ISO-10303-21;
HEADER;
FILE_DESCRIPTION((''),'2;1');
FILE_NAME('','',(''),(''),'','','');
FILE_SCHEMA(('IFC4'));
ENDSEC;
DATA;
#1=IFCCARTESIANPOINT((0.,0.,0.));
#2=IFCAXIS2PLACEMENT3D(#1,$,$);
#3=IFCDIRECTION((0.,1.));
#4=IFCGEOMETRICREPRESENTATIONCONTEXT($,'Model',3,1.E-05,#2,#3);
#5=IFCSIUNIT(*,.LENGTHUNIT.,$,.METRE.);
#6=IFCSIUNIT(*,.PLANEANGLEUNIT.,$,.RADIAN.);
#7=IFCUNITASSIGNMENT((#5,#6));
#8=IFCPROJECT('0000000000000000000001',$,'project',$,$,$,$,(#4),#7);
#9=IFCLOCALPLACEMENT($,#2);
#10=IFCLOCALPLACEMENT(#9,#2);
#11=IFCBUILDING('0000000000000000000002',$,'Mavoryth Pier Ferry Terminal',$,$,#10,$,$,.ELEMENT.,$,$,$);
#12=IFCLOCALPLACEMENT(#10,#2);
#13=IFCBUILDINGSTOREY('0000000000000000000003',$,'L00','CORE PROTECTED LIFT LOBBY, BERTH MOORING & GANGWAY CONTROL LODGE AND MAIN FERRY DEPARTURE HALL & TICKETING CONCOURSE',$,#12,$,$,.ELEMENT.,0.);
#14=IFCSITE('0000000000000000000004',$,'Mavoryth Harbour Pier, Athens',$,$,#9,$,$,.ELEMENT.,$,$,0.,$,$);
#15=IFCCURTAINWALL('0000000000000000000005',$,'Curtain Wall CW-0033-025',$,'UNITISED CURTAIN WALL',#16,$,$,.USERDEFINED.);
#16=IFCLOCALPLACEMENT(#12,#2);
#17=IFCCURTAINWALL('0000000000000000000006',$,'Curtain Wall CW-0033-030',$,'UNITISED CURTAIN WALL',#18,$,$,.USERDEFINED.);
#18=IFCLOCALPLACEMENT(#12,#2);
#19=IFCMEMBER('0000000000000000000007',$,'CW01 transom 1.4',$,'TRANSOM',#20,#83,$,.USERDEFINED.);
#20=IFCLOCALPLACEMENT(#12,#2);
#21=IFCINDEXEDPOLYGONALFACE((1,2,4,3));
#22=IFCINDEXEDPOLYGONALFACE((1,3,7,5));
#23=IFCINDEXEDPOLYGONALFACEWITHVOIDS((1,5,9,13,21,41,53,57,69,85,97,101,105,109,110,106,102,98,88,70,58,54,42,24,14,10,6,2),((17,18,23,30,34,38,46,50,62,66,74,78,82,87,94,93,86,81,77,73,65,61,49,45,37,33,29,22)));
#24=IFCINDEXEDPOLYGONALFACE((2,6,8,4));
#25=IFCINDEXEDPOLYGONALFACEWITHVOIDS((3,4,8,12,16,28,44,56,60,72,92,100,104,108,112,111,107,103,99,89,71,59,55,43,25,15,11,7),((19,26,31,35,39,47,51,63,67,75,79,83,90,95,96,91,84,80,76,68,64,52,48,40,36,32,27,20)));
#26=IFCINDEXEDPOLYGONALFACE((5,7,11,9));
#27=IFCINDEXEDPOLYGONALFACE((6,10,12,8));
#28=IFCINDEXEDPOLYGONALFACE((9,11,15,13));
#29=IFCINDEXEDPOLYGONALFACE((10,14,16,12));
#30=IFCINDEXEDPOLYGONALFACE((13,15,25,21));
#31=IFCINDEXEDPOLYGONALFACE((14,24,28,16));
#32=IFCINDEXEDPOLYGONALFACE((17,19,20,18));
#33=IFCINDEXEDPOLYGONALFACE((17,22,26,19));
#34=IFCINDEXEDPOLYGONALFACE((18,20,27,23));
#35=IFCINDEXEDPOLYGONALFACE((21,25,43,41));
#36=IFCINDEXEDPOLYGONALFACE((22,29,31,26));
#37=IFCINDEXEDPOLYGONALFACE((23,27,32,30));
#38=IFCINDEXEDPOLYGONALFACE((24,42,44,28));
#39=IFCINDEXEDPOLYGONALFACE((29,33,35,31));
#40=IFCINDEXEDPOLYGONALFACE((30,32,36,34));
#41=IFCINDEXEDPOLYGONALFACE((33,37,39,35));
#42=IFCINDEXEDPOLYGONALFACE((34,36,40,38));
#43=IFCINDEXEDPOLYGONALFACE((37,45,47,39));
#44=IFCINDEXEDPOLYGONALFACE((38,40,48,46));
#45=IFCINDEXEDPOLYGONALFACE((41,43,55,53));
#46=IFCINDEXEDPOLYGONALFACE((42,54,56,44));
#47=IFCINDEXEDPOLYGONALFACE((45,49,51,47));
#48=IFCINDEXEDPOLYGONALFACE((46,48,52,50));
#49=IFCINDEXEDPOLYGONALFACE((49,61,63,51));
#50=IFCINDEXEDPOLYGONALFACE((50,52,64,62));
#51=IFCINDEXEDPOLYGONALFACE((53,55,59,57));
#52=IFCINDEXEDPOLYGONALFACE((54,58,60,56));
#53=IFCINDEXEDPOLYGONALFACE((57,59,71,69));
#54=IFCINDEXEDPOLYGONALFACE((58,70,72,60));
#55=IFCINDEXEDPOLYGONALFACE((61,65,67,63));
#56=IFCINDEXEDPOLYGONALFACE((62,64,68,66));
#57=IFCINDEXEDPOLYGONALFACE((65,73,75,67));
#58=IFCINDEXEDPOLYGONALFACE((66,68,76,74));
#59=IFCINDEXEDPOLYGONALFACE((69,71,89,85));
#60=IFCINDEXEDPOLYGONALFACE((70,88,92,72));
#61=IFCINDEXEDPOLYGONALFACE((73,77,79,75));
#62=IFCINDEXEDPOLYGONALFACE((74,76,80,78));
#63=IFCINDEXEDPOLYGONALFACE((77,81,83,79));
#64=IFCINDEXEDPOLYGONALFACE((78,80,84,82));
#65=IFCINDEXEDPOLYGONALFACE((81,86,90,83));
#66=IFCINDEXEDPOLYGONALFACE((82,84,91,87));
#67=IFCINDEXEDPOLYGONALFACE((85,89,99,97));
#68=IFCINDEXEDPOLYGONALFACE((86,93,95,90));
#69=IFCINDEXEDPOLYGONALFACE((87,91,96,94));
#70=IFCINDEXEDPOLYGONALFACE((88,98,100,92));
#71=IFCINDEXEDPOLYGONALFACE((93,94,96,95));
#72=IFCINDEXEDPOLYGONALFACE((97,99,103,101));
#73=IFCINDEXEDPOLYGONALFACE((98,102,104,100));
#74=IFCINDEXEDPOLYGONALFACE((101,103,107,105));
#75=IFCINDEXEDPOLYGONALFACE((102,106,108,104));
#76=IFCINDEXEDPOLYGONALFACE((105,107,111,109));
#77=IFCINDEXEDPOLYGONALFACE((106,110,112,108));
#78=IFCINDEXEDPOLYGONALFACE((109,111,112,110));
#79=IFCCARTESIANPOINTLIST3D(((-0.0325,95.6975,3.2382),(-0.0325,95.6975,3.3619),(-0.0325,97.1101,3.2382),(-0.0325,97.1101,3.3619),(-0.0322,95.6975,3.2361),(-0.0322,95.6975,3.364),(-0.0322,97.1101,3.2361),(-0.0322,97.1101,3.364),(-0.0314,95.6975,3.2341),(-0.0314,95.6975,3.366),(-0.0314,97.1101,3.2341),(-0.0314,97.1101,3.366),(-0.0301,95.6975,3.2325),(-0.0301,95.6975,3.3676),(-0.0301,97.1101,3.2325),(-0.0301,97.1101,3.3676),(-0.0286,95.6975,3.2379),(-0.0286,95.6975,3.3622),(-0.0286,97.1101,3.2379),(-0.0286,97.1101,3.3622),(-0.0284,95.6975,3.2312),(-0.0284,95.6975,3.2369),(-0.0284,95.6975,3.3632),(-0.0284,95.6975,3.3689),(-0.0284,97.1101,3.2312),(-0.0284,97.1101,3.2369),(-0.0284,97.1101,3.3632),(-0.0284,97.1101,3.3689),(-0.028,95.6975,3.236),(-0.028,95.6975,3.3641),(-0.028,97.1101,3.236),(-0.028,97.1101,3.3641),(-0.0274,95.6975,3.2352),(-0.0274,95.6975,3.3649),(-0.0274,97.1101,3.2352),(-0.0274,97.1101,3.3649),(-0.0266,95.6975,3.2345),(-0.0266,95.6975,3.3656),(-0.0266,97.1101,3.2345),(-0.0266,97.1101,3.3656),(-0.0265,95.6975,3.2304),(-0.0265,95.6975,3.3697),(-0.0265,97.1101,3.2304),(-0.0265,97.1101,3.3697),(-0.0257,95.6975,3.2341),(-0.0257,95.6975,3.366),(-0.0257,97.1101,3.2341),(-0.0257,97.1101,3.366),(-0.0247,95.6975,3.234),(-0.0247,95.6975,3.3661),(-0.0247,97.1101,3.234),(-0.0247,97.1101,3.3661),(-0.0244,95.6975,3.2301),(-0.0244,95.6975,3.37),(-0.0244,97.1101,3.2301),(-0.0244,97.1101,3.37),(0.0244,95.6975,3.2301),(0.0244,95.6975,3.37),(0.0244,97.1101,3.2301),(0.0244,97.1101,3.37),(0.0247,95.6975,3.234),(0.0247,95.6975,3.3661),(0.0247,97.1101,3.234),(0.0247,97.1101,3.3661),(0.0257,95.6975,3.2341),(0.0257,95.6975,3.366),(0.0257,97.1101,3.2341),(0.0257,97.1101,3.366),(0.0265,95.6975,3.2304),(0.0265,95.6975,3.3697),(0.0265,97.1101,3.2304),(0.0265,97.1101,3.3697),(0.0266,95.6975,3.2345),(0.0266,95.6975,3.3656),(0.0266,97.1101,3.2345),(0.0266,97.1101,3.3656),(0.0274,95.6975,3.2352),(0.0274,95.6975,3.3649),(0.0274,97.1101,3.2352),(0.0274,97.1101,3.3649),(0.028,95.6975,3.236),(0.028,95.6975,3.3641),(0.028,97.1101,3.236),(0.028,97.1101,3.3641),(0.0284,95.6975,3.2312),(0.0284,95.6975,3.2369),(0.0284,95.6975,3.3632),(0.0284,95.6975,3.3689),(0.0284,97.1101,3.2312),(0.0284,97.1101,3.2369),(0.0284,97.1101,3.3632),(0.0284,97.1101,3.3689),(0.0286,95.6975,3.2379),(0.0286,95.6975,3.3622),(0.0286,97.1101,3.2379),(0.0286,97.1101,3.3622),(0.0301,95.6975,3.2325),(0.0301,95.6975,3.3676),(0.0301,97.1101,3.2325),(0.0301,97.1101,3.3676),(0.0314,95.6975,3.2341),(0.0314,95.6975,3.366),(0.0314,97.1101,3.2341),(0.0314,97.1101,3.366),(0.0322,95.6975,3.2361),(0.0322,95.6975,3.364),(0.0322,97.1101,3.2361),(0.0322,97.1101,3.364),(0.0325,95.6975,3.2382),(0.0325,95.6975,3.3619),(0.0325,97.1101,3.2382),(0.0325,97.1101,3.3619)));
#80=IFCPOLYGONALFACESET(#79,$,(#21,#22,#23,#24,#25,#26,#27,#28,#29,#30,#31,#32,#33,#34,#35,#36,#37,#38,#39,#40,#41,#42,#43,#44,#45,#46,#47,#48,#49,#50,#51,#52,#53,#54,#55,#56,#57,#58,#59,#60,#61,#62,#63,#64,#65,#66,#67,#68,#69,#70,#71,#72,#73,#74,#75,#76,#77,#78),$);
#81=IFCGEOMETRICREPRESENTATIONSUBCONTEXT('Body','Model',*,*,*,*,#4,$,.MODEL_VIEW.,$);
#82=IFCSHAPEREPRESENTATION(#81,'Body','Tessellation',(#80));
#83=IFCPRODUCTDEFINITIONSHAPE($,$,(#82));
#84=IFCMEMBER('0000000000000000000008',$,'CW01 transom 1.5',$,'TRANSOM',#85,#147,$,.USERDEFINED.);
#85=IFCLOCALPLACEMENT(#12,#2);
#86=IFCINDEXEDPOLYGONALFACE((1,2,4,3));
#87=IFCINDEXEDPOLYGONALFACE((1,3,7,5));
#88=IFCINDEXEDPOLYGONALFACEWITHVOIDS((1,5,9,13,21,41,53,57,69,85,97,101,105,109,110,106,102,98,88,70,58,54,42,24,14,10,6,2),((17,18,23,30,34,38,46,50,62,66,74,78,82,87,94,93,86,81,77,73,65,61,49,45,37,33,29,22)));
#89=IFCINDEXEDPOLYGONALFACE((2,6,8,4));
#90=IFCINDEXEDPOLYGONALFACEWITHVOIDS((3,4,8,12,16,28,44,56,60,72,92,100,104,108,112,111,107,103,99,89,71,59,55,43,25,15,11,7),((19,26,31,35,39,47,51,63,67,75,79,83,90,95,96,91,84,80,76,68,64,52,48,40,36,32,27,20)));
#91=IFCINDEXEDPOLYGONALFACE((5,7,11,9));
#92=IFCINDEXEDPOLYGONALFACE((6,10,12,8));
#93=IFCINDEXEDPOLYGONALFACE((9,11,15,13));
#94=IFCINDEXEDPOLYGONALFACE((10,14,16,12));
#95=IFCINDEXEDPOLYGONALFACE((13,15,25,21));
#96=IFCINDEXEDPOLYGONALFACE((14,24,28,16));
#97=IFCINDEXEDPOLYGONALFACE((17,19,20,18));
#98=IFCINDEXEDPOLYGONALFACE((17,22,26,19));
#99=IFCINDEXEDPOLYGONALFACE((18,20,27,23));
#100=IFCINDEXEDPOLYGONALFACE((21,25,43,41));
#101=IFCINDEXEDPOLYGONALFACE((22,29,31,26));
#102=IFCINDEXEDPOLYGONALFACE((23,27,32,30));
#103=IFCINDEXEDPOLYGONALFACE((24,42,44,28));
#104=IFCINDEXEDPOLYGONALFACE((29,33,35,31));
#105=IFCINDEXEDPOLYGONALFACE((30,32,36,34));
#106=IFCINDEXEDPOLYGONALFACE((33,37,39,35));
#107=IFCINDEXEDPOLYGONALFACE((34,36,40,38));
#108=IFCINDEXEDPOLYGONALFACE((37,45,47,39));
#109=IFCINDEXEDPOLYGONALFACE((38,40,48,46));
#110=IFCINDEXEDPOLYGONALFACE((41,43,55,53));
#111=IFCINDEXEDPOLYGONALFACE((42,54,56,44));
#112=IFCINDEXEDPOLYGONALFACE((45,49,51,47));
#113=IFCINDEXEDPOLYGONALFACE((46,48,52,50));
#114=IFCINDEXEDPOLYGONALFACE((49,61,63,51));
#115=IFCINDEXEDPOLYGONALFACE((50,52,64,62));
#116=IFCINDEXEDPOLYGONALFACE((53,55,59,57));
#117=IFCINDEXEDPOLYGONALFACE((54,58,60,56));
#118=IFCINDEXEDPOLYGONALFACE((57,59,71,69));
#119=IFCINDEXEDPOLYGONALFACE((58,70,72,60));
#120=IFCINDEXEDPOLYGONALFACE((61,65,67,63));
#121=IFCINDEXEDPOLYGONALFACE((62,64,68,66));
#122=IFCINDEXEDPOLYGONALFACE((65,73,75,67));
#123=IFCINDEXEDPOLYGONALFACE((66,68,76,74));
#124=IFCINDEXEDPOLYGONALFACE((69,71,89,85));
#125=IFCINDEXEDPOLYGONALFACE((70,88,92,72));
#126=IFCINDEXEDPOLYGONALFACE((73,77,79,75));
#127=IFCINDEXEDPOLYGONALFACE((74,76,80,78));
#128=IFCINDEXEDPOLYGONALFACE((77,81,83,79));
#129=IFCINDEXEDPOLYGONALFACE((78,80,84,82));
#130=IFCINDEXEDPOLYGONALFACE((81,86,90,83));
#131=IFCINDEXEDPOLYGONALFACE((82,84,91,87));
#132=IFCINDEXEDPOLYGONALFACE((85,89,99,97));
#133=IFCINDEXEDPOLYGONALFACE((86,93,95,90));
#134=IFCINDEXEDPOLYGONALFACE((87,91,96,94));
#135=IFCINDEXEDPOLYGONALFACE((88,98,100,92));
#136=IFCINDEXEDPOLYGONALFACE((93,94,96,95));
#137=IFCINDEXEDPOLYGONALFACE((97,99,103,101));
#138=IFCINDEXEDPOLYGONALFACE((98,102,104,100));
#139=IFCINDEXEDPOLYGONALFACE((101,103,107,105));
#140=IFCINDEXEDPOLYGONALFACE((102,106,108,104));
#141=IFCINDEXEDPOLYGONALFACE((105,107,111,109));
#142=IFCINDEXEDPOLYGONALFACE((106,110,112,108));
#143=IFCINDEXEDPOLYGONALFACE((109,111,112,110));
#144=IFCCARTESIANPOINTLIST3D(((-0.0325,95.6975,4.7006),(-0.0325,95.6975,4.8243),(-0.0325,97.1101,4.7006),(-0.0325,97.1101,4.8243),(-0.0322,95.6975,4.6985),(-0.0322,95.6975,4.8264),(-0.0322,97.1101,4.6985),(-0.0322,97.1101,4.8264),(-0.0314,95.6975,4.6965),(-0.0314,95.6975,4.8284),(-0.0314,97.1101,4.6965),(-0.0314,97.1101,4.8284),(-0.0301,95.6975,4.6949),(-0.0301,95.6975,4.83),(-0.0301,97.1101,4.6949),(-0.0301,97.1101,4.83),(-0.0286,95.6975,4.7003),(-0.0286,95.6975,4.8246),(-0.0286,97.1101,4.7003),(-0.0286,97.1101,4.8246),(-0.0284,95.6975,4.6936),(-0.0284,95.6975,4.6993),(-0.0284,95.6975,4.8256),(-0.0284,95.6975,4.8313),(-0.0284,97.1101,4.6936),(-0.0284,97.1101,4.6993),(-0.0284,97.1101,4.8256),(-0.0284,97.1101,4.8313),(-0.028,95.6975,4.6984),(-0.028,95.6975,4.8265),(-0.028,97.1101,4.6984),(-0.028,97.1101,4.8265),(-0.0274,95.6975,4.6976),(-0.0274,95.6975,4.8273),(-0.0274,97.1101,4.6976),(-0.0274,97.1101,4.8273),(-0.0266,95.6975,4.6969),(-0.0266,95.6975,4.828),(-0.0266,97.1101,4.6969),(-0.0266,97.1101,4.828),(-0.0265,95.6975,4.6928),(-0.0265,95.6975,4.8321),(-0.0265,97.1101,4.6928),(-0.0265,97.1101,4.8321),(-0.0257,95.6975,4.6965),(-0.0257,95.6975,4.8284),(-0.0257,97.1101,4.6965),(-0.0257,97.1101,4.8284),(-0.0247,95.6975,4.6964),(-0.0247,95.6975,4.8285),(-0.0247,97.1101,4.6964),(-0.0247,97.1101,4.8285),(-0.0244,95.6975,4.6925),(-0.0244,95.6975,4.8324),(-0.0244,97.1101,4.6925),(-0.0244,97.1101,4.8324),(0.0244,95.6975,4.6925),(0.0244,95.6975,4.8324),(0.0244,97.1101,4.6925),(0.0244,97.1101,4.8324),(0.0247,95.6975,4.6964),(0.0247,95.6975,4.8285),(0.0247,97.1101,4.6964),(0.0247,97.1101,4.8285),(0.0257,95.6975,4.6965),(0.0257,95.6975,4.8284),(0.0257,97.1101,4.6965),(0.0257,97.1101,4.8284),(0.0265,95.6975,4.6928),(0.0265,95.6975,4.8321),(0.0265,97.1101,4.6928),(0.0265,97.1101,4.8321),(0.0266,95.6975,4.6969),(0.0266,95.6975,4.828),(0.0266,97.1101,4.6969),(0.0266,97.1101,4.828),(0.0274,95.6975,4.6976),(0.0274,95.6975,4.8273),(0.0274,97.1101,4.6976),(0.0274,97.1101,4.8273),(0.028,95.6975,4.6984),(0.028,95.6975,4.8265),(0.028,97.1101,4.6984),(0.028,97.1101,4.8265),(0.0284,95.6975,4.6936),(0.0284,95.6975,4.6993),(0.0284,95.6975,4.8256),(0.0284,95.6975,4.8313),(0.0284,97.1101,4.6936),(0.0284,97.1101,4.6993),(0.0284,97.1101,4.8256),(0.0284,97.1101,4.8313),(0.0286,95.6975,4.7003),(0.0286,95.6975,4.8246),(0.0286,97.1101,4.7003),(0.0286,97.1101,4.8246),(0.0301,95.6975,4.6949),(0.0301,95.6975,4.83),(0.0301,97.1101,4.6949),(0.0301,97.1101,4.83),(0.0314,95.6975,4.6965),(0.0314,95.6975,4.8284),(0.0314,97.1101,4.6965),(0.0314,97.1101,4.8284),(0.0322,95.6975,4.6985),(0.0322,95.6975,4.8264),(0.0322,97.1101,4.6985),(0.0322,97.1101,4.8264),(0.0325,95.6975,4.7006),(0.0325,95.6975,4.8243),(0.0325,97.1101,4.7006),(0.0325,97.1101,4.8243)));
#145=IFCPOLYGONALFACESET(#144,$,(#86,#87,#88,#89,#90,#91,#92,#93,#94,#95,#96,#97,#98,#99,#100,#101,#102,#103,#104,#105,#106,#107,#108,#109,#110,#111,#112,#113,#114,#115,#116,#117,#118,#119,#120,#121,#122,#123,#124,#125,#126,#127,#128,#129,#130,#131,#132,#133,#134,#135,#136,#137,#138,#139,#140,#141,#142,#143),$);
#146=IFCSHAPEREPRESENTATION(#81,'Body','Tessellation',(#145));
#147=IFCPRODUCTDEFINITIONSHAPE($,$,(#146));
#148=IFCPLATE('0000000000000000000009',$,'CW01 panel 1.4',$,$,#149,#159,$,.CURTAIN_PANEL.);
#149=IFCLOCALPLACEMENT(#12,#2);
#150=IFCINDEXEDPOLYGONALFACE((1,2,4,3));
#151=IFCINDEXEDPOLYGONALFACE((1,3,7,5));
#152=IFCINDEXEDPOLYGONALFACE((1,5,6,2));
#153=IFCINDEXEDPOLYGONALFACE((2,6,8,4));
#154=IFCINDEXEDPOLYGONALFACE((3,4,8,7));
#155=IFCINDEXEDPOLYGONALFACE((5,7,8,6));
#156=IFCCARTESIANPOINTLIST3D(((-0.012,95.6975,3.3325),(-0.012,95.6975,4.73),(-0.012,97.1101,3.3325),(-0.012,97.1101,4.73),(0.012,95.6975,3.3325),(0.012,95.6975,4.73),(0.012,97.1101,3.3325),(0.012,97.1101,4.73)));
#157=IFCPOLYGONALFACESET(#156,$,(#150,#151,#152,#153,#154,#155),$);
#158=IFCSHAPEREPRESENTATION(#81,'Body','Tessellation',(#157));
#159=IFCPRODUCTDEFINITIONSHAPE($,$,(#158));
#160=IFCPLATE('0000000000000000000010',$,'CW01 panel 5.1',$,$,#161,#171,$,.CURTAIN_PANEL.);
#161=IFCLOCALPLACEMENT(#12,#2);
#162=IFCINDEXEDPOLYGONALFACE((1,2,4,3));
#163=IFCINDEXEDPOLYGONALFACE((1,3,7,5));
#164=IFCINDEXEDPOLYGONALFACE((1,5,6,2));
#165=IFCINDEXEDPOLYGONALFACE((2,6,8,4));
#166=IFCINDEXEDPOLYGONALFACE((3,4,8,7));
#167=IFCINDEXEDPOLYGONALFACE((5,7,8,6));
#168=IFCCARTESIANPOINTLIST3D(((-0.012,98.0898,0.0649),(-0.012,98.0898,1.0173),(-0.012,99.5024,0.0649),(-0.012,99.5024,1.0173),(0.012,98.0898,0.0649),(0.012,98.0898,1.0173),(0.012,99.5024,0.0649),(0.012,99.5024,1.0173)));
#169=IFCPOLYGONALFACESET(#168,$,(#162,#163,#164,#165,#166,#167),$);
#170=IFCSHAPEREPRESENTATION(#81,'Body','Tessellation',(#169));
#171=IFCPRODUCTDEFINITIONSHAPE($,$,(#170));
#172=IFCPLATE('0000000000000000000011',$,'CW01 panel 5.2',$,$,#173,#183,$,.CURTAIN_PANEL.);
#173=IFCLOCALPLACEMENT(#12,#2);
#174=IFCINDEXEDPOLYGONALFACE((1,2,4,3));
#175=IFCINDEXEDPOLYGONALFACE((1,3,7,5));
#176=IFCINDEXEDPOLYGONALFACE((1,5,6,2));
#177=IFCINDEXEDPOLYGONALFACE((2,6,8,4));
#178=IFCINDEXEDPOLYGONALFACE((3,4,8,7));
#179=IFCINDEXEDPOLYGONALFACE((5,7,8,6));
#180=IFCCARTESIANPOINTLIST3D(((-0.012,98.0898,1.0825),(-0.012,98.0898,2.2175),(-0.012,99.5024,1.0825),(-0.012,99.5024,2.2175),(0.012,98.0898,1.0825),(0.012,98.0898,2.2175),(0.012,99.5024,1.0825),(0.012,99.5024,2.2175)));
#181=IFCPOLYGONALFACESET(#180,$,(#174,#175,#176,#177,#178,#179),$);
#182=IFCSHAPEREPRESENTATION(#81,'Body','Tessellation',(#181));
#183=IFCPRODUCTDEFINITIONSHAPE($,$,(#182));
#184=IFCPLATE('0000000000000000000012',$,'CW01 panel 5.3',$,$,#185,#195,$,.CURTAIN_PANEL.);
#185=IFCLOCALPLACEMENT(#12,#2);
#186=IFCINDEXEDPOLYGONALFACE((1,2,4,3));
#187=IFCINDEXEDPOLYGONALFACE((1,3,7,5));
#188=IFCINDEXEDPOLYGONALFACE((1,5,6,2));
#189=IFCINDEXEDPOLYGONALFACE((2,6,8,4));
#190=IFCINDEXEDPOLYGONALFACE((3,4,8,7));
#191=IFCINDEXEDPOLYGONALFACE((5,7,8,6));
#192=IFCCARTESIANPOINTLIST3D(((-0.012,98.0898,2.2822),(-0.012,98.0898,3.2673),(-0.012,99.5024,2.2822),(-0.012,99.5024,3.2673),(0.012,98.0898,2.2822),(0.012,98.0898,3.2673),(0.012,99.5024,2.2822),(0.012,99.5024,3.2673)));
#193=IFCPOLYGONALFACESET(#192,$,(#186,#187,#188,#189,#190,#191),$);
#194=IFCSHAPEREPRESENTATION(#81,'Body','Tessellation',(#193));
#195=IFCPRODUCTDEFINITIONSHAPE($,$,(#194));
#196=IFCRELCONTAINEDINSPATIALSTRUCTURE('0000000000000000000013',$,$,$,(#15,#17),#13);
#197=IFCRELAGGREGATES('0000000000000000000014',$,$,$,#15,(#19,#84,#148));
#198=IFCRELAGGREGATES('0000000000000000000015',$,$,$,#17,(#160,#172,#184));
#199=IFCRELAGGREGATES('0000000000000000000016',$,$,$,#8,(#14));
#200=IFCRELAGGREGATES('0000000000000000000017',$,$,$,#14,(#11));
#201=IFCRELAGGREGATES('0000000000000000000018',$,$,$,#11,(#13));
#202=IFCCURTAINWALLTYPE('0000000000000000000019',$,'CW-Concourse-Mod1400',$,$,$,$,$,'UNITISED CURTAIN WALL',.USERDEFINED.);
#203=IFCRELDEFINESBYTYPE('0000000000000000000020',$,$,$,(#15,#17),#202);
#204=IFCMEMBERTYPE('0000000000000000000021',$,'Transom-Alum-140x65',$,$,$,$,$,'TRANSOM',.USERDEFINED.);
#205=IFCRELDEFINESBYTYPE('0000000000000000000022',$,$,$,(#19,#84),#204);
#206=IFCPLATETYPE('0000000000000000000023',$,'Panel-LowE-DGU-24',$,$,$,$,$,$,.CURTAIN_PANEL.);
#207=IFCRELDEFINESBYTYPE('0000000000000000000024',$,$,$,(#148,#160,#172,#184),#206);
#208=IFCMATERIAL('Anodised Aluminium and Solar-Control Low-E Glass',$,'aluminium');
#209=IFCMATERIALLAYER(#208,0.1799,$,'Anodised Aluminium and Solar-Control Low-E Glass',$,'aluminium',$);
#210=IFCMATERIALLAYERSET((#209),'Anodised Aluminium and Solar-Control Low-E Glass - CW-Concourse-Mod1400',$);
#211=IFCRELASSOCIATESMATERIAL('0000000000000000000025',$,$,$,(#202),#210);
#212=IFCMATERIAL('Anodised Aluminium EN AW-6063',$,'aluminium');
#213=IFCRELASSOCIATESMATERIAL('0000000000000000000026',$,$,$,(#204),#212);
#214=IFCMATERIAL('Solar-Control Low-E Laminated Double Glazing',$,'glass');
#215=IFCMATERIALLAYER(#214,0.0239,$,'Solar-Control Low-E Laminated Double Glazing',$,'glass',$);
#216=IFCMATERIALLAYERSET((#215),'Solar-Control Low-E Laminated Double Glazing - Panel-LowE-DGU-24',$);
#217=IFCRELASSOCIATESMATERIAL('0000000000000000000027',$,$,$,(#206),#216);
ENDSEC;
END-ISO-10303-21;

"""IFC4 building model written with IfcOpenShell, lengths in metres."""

from ifc_helpers import new_model, si_unit, direction, frame, origin, origin_2d, place, context, subcontext, project, spatial, rectangle, hollow_rectangle, extrude, material, layer, layer_set, material_profile, profile_set, type_object, element, aggregate, save


model = new_model("IFC4")

# Units and contexts
model_context = context("Model", 3, precision=1e-05, world=origin(), true_north=direction((0.0, 1.0)))
body_context = subcontext(model_context, "Body", "Model", "MODEL_VIEW")
ifc_project = project(units=[si_unit("LENGTHUNIT", "METRE"), si_unit("PLANEANGLEUNIT", "RADIAN")], contexts=[model_context])

# Site, building, storey
site_placement = place(None, origin())
site = spatial("IfcSite", under=ifc_project, at=site_placement, Name="Mavoryth Harbour Pier, Athens", CompositionType="ELEMENT", RefElevation=0.0)
building_placement = place(site_placement, origin())
building = spatial("IfcBuilding", under=site, at=building_placement, Name="Mavoryth Pier Ferry Terminal", CompositionType="ELEMENT")
storey_placement = place(building_placement, origin())
storey = spatial("IfcBuildingStorey", under=building, at=storey_placement, Name="L00", Description="CORE PROTECTED LIFT LOBBY, BERTH MOORING & GANGWAY CONTROL LODGE AND MAIN FERRY DEPARTURE HALL & TICKETING CONCOURSE", CompositionType="ELEMENT", Elevation=0.0)

# Curtain walls
ifc_material_1 = material(Name="Anodised Aluminium and Solar-Control Low-E Glass", Category="aluminium")
ifc_layer_1 = layer(ifc_material_1, 0.1799, Name="Anodised Aluminium and Solar-Control Low-E Glass", Category="aluminium")
ifc_layer_set_1 = layer_set([ifc_layer_1], Name="Anodised Aluminium and Solar-Control Low-E Glass - CW-Concourse-Mod1400")
curtain_wall_type = type_object("IfcCurtainWallType", Name="CW-Concourse-Mod1400", ElementType="UNITISED CURTAIN WALL", PredefinedType="USERDEFINED", material=ifc_layer_set_1)
curtain_wall_1_placement = place(storey_placement, origin())
curtain_wall_1 = element("IfcCurtainWall", 1, at=curtain_wall_1_placement, inside=storey, type_object=curtain_wall_type, Name="Curtain Wall CW-0033-025", ObjectType="UNITISED CURTAIN WALL", PredefinedType="USERDEFINED")
ifc_material_2 = material(Name="Anodised Aluminium EN AW-6063", Category="aluminium")
curtain_wall_2_placement = place(storey_placement, origin())
curtain_wall_2 = element("IfcCurtainWall", 2, at=curtain_wall_2_placement, inside=storey, type_object=curtain_wall_type, Name="Curtain Wall CW-0033-030", ObjectType="UNITISED CURTAIN WALL", PredefinedType="USERDEFINED")

# Members
ifc_material_profile_1 = material_profile(ifc_material_2, hollow_rectangle(XDim=0.0649, YDim=0.1399, WallThickness=0.0039, InnerFilletRadius=0.0039, OuterFilletRadius=0.0081, at=origin_2d()), Name="AL-TRAN 140x65x4", Category="aluminium")
ifc_profile_set_1 = profile_set([ifc_material_profile_1], Name="Anodised Aluminium EN AW-6063 - AL-TRAN 140x65x4")
member_type_1 = type_object("IfcMemberType", Name="Transom-Alum-140x65", ElementType="TRANSOM", PredefinedType="USERDEFINED", material=ifc_profile_set_1)
member_1_placement = place(storey_placement, frame((0.0, 97.1101, 3.3), z_axis=(0.0, -1.0, 0.0), x_axis=(1.0, 0.0, 0.0)))
member_1 = element("IfcMember", 3, at=member_1_placement, type_object=member_type_1, Name="CW01 transom 1.4", ObjectType="TRANSOM", PredefinedType="USERDEFINED", context=body_context, shape_type="SweptSolid", body=[
    extrude(hollow_rectangle(XDim=0.0649, YDim=0.1399, WallThickness=0.0039, InnerFilletRadius=0.0039, OuterFilletRadius=0.0081, at=origin_2d()), origin(), (0.0, 0.0, 1.0), 1.4126),
])
member_2_placement = place(storey_placement, frame((0.0, 97.1101, 4.7625), z_axis=(0.0, -1.0, 0.0), x_axis=(1.0, 0.0, 0.0)))
member_2 = element("IfcMember", 4, at=member_2_placement, type_object=member_type_1, Name="CW01 transom 1.5", ObjectType="TRANSOM", PredefinedType="USERDEFINED", context=body_context, shape_type="SweptSolid", body=[
    extrude(hollow_rectangle(XDim=0.0649, YDim=0.1399, WallThickness=0.0039, InnerFilletRadius=0.0039, OuterFilletRadius=0.0081, at=origin_2d()), origin(), (0.0, 0.0, 1.0), 1.4126),
])

# Plates
ifc_material_3 = material(Name="Solar-Control Low-E Laminated Double Glazing", Category="glass")
ifc_layer_2 = layer(ifc_material_3, 0.0239, Name="Solar-Control Low-E Laminated Double Glazing", Category="glass")
ifc_layer_set_2 = layer_set([ifc_layer_2], Name="Solar-Control Low-E Laminated Double Glazing - Panel-LowE-DGU-24")
plate_type = type_object("IfcPlateType", Name="Panel-LowE-DGU-24", PredefinedType="CURTAIN_PANEL", material=ifc_layer_set_2)
plate_1_placement = place(storey_placement, frame((0.0, 96.4038, 3.3325), z_axis=(0.0, 0.0, 1.0), x_axis=(0.0, -1.0, 0.0)))
plate_1 = element("IfcPlate", 5, at=plate_1_placement, type_object=plate_type, Name="CW01 panel 1.4", PredefinedType="CURTAIN_PANEL", context=body_context, shape_type="SweptSolid", body=[
    extrude(rectangle(XDim=1.4126, YDim=0.0239, at=origin_2d()), origin(), (0.0, 0.0, 1.0), 1.3975),
])
aggregate(curtain_wall_1, [member_1, member_2, plate_1])
plate_2_placement = place(storey_placement, frame((0.0, 98.7961, 0.0649), z_axis=(0.0, 0.0, 1.0), x_axis=(0.0, -1.0, 0.0)))
plate_2 = element("IfcPlate", 6, at=plate_2_placement, type_object=plate_type, Name="CW01 panel 5.1", PredefinedType="CURTAIN_PANEL", context=body_context, shape_type="SweptSolid", body=[
    extrude(rectangle(XDim=1.4126, YDim=0.0239, at=origin_2d()), origin(), (0.0, 0.0, 1.0), 0.9524),
])
plate_3_placement = place(storey_placement, frame((0.0, 98.7961, 1.0825), z_axis=(0.0, 0.0, 1.0), x_axis=(0.0, -1.0, 0.0)))
plate_3 = element("IfcPlate", 7, at=plate_3_placement, type_object=plate_type, Name="CW01 panel 5.2", PredefinedType="CURTAIN_PANEL", context=body_context, shape_type="SweptSolid", body=[
    extrude(rectangle(XDim=1.4126, YDim=0.0239, at=origin_2d()), origin(), (0.0, 0.0, 1.0), 1.135),
])
plate_4_placement = place(storey_placement, frame((0.0, 98.7961, 2.2822), z_axis=(0.0, 0.0, 1.0), x_axis=(0.0, -1.0, 0.0)))
plate_4 = element("IfcPlate", 8, at=plate_4_placement, type_object=plate_type, Name="CW01 panel 5.3", PredefinedType="CURTAIN_PANEL", context=body_context, shape_type="SweptSolid", body=[
    extrude(rectangle(XDim=1.4126, YDim=0.0239, at=origin_2d()), origin(), (0.0, 0.0, 1.0), 0.9851),
])
aggregate(curtain_wall_2, [plate_2, plate_3, plate_4])

save(model, "model.ifc")
